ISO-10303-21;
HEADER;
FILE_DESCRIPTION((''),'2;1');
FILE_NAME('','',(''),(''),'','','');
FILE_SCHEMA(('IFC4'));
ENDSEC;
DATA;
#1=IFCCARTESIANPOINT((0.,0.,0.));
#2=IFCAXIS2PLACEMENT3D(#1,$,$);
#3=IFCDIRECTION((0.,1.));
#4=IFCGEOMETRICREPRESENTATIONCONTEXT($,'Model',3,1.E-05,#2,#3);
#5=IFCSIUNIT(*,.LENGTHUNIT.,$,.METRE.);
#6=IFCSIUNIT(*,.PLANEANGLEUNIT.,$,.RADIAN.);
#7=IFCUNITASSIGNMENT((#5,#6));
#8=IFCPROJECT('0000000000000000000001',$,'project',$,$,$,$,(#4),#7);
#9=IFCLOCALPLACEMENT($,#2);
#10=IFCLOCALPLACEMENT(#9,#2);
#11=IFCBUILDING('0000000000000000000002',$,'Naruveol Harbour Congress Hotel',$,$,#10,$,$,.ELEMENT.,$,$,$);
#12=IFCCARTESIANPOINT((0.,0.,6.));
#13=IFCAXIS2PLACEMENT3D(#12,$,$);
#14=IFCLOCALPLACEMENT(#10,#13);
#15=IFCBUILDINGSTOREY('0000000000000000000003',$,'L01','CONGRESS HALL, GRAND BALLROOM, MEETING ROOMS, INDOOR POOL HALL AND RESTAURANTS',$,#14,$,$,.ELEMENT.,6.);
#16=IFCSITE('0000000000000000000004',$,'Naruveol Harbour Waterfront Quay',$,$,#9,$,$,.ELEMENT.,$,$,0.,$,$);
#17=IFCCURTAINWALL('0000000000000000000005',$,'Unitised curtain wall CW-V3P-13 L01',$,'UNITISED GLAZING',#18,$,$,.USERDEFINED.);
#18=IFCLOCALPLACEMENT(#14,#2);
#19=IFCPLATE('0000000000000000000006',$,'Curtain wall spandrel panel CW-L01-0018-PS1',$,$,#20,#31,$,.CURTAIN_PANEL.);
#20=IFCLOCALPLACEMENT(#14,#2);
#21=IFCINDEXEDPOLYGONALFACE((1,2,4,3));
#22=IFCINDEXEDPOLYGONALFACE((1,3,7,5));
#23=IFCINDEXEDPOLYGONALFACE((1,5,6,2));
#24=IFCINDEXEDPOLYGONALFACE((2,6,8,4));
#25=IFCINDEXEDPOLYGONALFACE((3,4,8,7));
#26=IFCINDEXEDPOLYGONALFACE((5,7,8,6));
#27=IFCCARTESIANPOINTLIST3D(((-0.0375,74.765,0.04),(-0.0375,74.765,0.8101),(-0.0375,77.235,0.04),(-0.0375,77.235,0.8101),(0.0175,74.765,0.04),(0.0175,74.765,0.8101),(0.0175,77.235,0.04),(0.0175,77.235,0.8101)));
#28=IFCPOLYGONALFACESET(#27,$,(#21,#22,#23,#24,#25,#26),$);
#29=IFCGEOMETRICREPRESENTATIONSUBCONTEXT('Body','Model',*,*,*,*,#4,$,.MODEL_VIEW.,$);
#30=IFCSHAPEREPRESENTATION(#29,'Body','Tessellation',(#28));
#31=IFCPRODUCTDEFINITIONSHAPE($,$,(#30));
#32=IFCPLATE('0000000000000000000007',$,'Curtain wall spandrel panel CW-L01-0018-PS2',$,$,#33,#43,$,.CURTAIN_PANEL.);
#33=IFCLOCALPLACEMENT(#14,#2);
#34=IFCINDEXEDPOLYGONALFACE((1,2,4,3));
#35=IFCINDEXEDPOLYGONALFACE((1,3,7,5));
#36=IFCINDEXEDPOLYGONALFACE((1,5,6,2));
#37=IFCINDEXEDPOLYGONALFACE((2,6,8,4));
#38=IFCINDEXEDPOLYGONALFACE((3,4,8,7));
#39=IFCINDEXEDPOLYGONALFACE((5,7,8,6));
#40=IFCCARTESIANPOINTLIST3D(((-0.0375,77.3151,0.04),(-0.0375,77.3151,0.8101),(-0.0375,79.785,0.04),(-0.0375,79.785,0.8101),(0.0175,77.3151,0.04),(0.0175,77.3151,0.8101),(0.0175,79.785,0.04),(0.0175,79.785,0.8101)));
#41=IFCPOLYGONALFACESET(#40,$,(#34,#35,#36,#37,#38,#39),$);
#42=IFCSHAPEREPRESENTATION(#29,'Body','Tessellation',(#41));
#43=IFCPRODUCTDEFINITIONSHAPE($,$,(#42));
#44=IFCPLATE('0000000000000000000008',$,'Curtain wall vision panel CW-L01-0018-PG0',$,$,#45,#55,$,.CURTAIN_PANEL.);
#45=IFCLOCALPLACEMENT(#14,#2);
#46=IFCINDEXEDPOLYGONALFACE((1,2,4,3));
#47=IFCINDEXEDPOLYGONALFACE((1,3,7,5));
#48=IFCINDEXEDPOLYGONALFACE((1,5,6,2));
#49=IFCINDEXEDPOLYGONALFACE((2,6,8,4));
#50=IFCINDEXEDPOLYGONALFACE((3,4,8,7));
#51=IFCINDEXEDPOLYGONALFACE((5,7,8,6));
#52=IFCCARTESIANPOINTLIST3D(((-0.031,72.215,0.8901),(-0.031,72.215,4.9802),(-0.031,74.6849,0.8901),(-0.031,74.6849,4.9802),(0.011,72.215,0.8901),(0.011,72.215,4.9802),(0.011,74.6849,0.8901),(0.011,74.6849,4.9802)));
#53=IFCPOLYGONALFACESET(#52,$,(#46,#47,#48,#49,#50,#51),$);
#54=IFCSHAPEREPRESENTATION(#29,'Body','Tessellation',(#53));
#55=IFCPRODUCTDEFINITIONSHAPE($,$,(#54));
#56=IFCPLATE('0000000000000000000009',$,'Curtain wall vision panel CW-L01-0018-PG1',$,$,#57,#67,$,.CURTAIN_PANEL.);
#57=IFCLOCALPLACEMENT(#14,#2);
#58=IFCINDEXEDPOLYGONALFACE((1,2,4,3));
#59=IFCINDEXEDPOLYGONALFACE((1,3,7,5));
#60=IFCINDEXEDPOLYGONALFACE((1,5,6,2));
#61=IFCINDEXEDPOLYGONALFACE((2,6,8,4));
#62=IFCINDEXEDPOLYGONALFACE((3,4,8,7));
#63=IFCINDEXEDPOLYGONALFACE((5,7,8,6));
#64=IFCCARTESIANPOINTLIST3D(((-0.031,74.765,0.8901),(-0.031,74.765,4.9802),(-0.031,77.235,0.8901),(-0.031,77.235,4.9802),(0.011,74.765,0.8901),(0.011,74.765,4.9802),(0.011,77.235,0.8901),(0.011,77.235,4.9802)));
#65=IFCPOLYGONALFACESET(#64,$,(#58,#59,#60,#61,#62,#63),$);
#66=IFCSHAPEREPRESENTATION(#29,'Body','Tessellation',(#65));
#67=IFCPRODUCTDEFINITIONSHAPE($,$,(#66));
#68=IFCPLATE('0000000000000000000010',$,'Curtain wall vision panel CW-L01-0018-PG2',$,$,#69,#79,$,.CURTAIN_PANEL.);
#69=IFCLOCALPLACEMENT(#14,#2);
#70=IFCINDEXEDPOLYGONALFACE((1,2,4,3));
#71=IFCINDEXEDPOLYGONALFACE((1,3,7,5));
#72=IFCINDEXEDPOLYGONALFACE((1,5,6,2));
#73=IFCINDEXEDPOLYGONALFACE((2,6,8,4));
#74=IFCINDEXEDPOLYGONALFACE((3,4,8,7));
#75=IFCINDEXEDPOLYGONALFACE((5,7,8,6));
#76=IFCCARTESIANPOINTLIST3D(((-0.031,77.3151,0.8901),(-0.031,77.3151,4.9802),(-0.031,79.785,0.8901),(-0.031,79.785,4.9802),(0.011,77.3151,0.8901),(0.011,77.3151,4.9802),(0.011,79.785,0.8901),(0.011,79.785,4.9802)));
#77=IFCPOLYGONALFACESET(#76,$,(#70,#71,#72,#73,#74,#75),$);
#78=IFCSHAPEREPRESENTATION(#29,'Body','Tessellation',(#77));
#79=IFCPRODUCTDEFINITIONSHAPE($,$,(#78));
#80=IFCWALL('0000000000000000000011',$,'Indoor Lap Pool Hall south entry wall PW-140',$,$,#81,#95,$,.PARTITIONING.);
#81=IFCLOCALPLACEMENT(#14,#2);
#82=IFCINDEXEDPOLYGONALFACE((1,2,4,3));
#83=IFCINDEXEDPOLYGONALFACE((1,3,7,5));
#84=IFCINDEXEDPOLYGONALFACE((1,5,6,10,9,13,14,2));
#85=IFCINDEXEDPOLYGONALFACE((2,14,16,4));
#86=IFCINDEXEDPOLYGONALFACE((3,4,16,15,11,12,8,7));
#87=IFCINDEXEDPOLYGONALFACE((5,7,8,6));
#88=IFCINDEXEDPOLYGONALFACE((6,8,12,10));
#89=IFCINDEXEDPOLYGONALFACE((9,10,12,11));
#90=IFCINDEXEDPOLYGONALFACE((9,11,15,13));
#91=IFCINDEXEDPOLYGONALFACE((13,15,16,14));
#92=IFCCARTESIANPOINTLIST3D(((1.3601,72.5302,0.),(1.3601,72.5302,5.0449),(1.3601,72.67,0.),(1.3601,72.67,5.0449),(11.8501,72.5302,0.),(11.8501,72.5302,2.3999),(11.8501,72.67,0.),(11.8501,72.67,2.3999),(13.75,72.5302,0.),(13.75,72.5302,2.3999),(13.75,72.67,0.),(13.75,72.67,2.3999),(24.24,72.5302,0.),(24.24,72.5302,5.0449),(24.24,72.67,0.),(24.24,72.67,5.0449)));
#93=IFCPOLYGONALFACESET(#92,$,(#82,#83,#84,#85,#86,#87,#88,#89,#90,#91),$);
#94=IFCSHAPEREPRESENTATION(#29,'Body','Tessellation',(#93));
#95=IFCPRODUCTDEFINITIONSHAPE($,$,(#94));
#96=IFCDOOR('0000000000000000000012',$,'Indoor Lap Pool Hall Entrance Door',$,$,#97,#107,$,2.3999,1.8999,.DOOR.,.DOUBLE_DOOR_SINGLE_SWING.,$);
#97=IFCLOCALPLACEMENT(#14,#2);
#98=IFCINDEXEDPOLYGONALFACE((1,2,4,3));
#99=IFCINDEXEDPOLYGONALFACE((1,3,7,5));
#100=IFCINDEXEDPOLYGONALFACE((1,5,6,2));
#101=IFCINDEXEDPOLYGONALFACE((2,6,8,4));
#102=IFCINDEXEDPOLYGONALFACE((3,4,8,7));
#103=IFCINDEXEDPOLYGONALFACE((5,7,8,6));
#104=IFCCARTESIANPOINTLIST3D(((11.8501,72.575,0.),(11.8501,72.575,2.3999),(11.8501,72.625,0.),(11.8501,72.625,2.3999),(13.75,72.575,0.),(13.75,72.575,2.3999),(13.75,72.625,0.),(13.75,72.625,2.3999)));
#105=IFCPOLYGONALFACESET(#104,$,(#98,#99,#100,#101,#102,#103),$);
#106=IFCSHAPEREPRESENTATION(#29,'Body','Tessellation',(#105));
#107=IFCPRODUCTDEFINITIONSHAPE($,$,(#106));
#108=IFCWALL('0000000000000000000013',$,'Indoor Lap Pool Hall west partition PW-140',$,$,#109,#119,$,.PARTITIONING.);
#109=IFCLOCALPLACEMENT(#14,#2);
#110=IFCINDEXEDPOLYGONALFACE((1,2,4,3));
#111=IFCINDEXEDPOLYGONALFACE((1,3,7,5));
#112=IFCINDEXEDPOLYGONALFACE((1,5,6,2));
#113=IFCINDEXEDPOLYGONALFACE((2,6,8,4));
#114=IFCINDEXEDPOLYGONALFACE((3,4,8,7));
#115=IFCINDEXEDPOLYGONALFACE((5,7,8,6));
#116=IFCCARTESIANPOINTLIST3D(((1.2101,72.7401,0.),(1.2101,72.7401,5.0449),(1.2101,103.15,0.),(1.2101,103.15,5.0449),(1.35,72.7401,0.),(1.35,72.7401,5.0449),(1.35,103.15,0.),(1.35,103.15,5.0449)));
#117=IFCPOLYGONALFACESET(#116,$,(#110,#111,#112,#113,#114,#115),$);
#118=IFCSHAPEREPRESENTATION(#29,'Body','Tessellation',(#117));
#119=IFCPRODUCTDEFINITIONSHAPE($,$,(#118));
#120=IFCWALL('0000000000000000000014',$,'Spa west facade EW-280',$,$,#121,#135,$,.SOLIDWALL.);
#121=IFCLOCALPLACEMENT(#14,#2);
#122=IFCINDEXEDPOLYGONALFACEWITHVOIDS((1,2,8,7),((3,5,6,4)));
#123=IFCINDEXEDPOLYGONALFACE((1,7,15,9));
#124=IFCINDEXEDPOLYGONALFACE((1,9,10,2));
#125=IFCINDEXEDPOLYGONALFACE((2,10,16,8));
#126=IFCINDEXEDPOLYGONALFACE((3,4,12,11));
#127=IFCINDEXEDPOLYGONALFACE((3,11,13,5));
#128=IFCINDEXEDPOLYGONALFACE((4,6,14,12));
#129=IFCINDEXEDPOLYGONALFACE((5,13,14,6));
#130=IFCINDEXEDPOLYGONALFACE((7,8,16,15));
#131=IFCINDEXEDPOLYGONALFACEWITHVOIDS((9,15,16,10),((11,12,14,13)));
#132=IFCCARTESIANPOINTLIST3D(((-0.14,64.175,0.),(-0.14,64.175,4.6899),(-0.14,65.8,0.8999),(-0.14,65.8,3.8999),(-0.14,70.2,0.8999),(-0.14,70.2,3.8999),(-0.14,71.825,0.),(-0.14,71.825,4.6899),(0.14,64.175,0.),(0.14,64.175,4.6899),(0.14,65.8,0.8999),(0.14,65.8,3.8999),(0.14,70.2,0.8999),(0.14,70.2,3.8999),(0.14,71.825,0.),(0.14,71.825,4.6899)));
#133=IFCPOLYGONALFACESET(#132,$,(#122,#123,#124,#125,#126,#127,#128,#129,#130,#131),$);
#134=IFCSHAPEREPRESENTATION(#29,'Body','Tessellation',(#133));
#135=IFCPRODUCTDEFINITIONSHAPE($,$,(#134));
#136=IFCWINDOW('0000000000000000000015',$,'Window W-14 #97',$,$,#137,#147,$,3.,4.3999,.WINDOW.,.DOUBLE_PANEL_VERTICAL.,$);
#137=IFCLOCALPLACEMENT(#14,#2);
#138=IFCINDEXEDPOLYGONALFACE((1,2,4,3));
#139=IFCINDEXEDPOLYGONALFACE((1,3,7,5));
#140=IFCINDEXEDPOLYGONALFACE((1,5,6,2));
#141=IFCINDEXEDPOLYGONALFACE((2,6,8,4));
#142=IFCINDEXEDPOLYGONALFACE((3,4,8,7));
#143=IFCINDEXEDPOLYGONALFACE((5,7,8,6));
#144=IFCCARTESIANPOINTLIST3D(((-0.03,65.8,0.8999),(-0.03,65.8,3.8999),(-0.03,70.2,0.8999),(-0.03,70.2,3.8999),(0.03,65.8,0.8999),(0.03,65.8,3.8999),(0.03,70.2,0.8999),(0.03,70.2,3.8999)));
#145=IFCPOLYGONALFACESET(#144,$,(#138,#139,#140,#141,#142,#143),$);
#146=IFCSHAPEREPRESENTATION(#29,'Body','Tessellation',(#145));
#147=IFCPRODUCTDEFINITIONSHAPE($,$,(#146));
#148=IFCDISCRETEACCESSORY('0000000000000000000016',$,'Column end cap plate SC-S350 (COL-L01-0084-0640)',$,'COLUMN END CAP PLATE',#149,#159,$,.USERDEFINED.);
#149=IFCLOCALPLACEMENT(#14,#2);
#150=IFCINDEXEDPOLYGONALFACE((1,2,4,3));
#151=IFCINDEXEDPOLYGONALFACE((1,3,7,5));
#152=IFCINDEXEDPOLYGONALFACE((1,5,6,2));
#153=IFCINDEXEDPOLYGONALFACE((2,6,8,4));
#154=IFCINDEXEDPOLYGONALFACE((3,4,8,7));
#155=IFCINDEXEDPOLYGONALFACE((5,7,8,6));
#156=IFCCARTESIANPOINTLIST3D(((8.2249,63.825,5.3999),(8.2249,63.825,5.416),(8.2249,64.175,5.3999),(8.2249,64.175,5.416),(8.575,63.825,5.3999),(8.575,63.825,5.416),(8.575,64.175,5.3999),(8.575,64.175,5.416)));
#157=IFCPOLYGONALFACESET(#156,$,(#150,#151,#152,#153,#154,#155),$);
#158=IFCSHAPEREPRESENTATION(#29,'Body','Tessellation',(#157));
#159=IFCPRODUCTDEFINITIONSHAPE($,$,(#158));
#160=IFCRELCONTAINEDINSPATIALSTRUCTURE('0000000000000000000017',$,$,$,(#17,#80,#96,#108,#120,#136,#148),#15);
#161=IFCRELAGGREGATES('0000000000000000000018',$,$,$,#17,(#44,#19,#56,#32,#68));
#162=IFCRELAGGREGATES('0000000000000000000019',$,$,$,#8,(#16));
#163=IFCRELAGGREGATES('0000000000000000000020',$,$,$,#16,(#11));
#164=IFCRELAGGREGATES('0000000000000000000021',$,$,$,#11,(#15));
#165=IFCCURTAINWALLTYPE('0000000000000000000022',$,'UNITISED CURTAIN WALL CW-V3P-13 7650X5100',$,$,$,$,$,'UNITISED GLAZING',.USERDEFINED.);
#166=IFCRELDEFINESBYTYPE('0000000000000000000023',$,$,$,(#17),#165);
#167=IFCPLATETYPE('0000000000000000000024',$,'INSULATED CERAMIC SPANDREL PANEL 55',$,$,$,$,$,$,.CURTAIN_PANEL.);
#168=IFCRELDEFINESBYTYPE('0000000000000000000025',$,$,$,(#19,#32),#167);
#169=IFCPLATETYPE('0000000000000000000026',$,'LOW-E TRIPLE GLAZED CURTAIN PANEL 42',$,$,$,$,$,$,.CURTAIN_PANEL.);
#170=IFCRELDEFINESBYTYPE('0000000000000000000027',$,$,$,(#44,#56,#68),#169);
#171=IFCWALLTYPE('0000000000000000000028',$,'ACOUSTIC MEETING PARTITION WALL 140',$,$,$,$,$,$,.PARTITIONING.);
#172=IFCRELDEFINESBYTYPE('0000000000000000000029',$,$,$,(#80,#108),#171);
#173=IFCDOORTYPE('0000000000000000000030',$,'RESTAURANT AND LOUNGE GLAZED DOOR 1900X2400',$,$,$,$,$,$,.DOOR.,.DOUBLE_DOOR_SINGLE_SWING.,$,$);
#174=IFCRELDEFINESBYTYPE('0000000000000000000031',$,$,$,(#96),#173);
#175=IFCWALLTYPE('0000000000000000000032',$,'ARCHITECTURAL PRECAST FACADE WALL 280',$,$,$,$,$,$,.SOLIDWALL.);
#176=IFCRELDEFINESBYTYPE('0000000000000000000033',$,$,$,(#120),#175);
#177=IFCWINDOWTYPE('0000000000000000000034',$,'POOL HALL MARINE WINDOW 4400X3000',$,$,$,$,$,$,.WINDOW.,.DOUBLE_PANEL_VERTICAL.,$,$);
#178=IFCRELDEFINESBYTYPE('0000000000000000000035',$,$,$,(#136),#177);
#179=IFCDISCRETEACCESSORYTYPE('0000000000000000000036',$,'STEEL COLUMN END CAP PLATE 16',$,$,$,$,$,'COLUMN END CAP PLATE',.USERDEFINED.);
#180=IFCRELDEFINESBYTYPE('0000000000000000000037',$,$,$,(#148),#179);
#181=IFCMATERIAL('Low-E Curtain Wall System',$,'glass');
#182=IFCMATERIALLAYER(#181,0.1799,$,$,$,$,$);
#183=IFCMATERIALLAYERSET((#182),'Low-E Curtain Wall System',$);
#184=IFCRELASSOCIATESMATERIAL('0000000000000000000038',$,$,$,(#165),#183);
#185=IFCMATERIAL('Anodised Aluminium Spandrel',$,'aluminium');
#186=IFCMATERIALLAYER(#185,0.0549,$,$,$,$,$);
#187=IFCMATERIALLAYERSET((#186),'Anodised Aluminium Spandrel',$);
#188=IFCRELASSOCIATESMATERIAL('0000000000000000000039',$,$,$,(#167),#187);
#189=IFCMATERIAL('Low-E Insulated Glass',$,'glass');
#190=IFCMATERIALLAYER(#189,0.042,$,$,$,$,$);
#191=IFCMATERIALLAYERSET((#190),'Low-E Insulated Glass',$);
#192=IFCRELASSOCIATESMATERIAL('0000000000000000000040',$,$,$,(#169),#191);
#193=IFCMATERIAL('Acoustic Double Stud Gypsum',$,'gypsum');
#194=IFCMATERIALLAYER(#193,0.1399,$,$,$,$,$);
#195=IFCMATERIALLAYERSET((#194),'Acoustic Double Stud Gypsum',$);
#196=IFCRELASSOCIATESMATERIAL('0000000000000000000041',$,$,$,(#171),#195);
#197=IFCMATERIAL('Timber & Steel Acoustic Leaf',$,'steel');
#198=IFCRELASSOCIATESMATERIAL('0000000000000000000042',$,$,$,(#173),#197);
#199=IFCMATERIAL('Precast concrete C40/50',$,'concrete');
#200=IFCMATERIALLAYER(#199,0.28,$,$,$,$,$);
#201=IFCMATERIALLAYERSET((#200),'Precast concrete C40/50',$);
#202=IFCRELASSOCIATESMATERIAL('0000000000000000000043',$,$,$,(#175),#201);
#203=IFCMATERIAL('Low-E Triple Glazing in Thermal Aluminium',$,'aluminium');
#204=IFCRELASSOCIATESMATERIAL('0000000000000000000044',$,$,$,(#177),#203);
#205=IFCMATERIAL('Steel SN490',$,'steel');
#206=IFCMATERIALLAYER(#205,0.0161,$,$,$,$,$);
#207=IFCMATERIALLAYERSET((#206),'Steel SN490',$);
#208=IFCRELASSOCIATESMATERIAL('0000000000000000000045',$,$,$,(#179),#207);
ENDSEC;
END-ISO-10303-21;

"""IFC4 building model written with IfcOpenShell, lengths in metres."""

from ifc_helpers import new_model, si_unit, direction, frame, frame_2d, origin, origin_2d, place, context, subcontext, project, spatial, rectangle, extrude, material, layer, layer_set, type_object, element, fill, aggregate, save


model = new_model("IFC4")

# Units and contexts
model_context = context("Model", 3, precision=1e-05, world=origin(), true_north=direction((0.0, 1.0)))
body_context = subcontext(model_context, "Body", "Model", "MODEL_VIEW")
ifc_project = project(units=[si_unit("LENGTHUNIT", "METRE"), si_unit("PLANEANGLEUNIT", "RADIAN")], contexts=[model_context])

# Site, building, storey
site_placement = place(None, origin())
site = spatial("IfcSite", under=ifc_project, at=site_placement, Name="Naruveol Harbour Waterfront Quay", CompositionType="ELEMENT", RefElevation=0.0)
building_placement = place(site_placement, origin())
building = spatial("IfcBuilding", under=site, at=building_placement, Name="Naruveol Harbour Congress Hotel", CompositionType="ELEMENT")
storey_placement = place(building_placement, frame((0.0, 0.0, 6.0)))
storey = spatial("IfcBuildingStorey", under=building, at=storey_placement, Name="L01", Description="CONGRESS HALL, GRAND BALLROOM, MEETING ROOMS, INDOOR POOL HALL AND RESTAURANTS", CompositionType="ELEMENT", Elevation=6.0)

# Curtain wall
ifc_material_1 = material(Name="Low-E Curtain Wall System", Category="glass")
ifc_layer_1 = layer(ifc_material_1, 0.1799)
ifc_layer_set_1 = layer_set([ifc_layer_1], Name="Low-E Curtain Wall System")
curtain_wall_type_1 = type_object("IfcCurtainWallType", Name="UNITISED CURTAIN WALL CW-V3P-13 7650X5100", ElementType="UNITISED GLAZING", PredefinedType="USERDEFINED", material=ifc_layer_set_1)
curtain_wall_1_placement = place(storey_placement, origin())
curtain_wall_1 = element("IfcCurtainWall", 1, at=curtain_wall_1_placement, inside=storey, type_object=curtain_wall_type_1, Name="Unitised curtain wall CW-V3P-13 L01", ObjectType="UNITISED GLAZING", PredefinedType="USERDEFINED")

# Plates
ifc_material_2 = material(Name="Anodised Aluminium Spandrel", Category="aluminium")
ifc_layer_2 = layer(ifc_material_2, 0.0549)
ifc_layer_set_2 = layer_set([ifc_layer_2], Name="Anodised Aluminium Spandrel")
plate_type_1 = type_object("IfcPlateType", Name="INSULATED CERAMIC SPANDREL PANEL 55", PredefinedType="CURTAIN_PANEL", material=ifc_layer_set_2)
plate_1_placement = place(storey_placement, frame((-0.01, 76.0, 0.04), z_axis=(0.0, 0.0, 1.0), x_axis=(0.0, 1.0, 0.0)))
plate_1 = element("IfcPlate", 2, at=plate_1_placement, type_object=plate_type_1, Name="Curtain wall spandrel panel CW-L01-0018-PS1", PredefinedType="CURTAIN_PANEL", context=body_context, shape_type="SweptSolid", body=[
    extrude(rectangle(XDim=2.47, YDim=0.0549, at=origin_2d()), origin(), (0.0, 0.0, 1.0), 0.77),
])
plate_2_placement = place(storey_placement, frame((-0.01, 78.55, 0.04), z_axis=(0.0, 0.0, 1.0), x_axis=(0.0, 1.0, 0.0)))
plate_2 = element("IfcPlate", 3, at=plate_2_placement, type_object=plate_type_1, Name="Curtain wall spandrel panel CW-L01-0018-PS2", PredefinedType="CURTAIN_PANEL", context=body_context, shape_type="SweptSolid", body=[
    extrude(rectangle(XDim=2.47, YDim=0.0549, at=origin_2d()), origin(), (0.0, 0.0, 1.0), 0.77),
])
ifc_material_3 = material(Name="Low-E Insulated Glass", Category="glass")
ifc_layer_3 = layer(ifc_material_3, 0.042)
ifc_layer_set_3 = layer_set([ifc_layer_3], Name="Low-E Insulated Glass")
plate_type_2 = type_object("IfcPlateType", Name="LOW-E TRIPLE GLAZED CURTAIN PANEL 42", PredefinedType="CURTAIN_PANEL", material=ifc_layer_set_3)
plate_3_placement = place(storey_placement, frame((-0.01, 73.45, 0.8901), z_axis=(0.0, 0.0, 1.0), x_axis=(0.0, 1.0, 0.0)))
plate_3 = element("IfcPlate", 4, at=plate_3_placement, type_object=plate_type_2, Name="Curtain wall vision panel CW-L01-0018-PG0", PredefinedType="CURTAIN_PANEL", context=body_context, shape_type="SweptSolid", body=[
    extrude(rectangle(XDim=2.47, YDim=0.042, at=origin_2d()), origin(), (0.0, 0.0, 1.0), 4.0901),
])
plate_4_placement = place(storey_placement, frame((-0.01, 76.0, 0.8901), z_axis=(0.0, 0.0, 1.0), x_axis=(0.0, 1.0, 0.0)))
plate_4 = element("IfcPlate", 5, at=plate_4_placement, type_object=plate_type_2, Name="Curtain wall vision panel CW-L01-0018-PG1", PredefinedType="CURTAIN_PANEL", context=body_context, shape_type="SweptSolid", body=[
    extrude(rectangle(XDim=2.47, YDim=0.042, at=origin_2d()), origin(), (0.0, 0.0, 1.0), 4.0901),
])
plate_5_placement = place(storey_placement, frame((-0.01, 78.55, 0.8901), z_axis=(0.0, 0.0, 1.0), x_axis=(0.0, 1.0, 0.0)))
plate_5 = element("IfcPlate", 6, at=plate_5_placement, type_object=plate_type_2, Name="Curtain wall vision panel CW-L01-0018-PG2", PredefinedType="CURTAIN_PANEL", context=body_context, shape_type="SweptSolid", body=[
    extrude(rectangle(XDim=2.47, YDim=0.042, at=origin_2d()), origin(), (0.0, 0.0, 1.0), 4.0901),
])
aggregate(curtain_wall_1, [plate_3, plate_1, plate_4, plate_2, plate_5])

# Wall, opening, door
ifc_material_4 = material(Name="Acoustic Double Stud Gypsum", Category="gypsum")
ifc_layer_4 = layer(ifc_material_4, 0.1399)
ifc_layer_set_4 = layer_set([ifc_layer_4], Name="Acoustic Double Stud Gypsum")
wall_type_1 = type_object("IfcWallType", Name="ACOUSTIC MEETING PARTITION WALL 140", PredefinedType="PARTITIONING", material=ifc_layer_set_4)
wall_1_placement = place(storey_placement, frame((1.3601, 72.6001, 0.0), z_axis=(0.0, 0.0, 1.0), x_axis=(1.0, 0.0, 0.0)))
wall_1 = element("IfcWall", 7, at=wall_1_placement, inside=storey, type_object=wall_type_1, Name="Indoor Lap Pool Hall south entry wall PW-140", PredefinedType="PARTITIONING", context=body_context, shape_type="SweptSolid", body=[
    extrude(rectangle(XDim=22.8799, YDim=0.1399, at=frame_2d((11.4399, 0.0))), origin(), (0.0, 0.0, 1.0), 5.0449),
])
opening_1_placement = place(wall_1_placement, frame((10.49, 0.0, 0.0)))
opening_1 = element("IfcOpeningElement", 8, at=opening_1_placement, cuts=wall_1, PredefinedType="OPENING", context=body_context, shape_type="SweptSolid", body=[
    extrude(rectangle(XDim=1.8999, YDim=2.3999, at=frame_2d((0.95, 1.2))), frame((0.0, 0.0798, 0.0), z_axis=(0.0, -1.0, 0.0), x_axis=(1.0, 0.0, 0.0)), (0.0, 0.0, 1.0), 0.1599),
])
ifc_material_5 = material(Name="Timber & Steel Acoustic Leaf", Category="steel")
door_type = type_object("IfcDoorType", Name="RESTAURANT AND LOUNGE GLAZED DOOR 1900X2400", OperationType="DOUBLE_DOOR_SINGLE_SWING", PredefinedType="DOOR", material=ifc_material_5)
door_placement = place(opening_1_placement, origin())
door = element("IfcDoor", 9, at=door_placement, inside=storey, type_object=door_type, Name="Indoor Lap Pool Hall Entrance Door", OperationType="DOUBLE_DOOR_SINGLE_SWING", OverallHeight=2.3999, OverallWidth=1.8999, PredefinedType="DOOR", context=body_context, shape_type="SweptSolid", body=[
    extrude(rectangle(XDim=1.8999, YDim=2.3999, at=frame_2d((0.95, 1.2))), frame((0.0, 0.0249, 0.0), z_axis=(0.0, -1.0, 0.0), x_axis=(1.0, 0.0, 0.0)), (0.0, 0.0, 1.0), 0.05),
])
fill(opening_1, door)

# Wall
wall_2_placement = place(storey_placement, frame((1.28, 72.74, 0.0), z_axis=(0.0, 0.0, 1.0), x_axis=(0.0, 1.0, 0.0)))
element("IfcWall", 10, at=wall_2_placement, inside=storey, type_object=wall_type_1, Name="Indoor Lap Pool Hall west partition PW-140", PredefinedType="PARTITIONING", context=body_context, shape_type="SweptSolid", body=[
    extrude(rectangle(XDim=30.4099, YDim=0.1399, at=frame_2d((15.2051, 0.0))), origin(), (0.0, 0.0, 1.0), 5.0449),
])

# Wall, opening, window
ifc_material_6 = material(Name="Precast concrete C40/50", Category="concrete")
ifc_layer_5 = layer(ifc_material_6, 0.28)
ifc_layer_set_5 = layer_set([ifc_layer_5], Name="Precast concrete C40/50")
wall_type_2 = type_object("IfcWallType", Name="ARCHITECTURAL PRECAST FACADE WALL 280", PredefinedType="SOLIDWALL", material=ifc_layer_set_5)
wall_3_placement = place(storey_placement, frame((0.0, 64.175, 0.0), z_axis=(0.0, 0.0, 1.0), x_axis=(0.0, 1.0, 0.0)))
wall_3 = element("IfcWall", 11, at=wall_3_placement, inside=storey, type_object=wall_type_2, Name="Spa west facade EW-280", PredefinedType="SOLIDWALL", context=body_context, shape_type="SweptSolid", body=[
    extrude(rectangle(XDim=7.6499, YDim=0.28, at=frame_2d((3.825, 0.0))), origin(), (0.0, 0.0, 1.0), 4.6899),
])
opening_2_placement = place(wall_3_placement, frame((1.625, 0.0, 0.8999)))
opening_2 = element("IfcOpeningElement", 12, at=opening_2_placement, cuts=wall_3, PredefinedType="OPENING", context=body_context, shape_type="SweptSolid", body=[
    extrude(rectangle(XDim=4.3999, YDim=3.0, at=frame_2d((2.2, 1.5))), frame((0.0, 0.1499, 0.0), z_axis=(0.0, -1.0, 0.0), x_axis=(1.0, 0.0, 0.0)), (0.0, 0.0, 1.0), 0.3),
])
ifc_material_7 = material(Name="Low-E Triple Glazing in Thermal Aluminium", Category="aluminium")
window_type = type_object("IfcWindowType", Name="POOL HALL MARINE WINDOW 4400X3000", PartitioningType="DOUBLE_PANEL_VERTICAL", PredefinedType="WINDOW", material=ifc_material_7)
window_placement = place(opening_2_placement, origin())
window = element("IfcWindow", 13, at=window_placement, inside=storey, type_object=window_type, Name="Window W-14 #97", OverallHeight=3.0, OverallWidth=4.3999, PartitioningType="DOUBLE_PANEL_VERTICAL", PredefinedType="WINDOW", context=body_context, shape_type="SweptSolid", body=[
    extrude(rectangle(XDim=4.3999, YDim=3.0, at=frame_2d((2.2, 1.5))), frame((0.0, 0.03, 0.0), z_axis=(0.0, -1.0, 0.0), x_axis=(1.0, 0.0, 0.0)), (0.0, 0.0, 1.0), 0.0601),
])
fill(opening_2, window)

# Discrete accessory
ifc_material_8 = material(Name="Steel SN490", Category="steel")
ifc_layer_6 = layer(ifc_material_8, 0.0161)
ifc_layer_set_6 = layer_set([ifc_layer_6], Name="Steel SN490")
discrete_accessory_type = type_object("IfcDiscreteAccessoryType", Name="STEEL COLUMN END CAP PLATE 16", ElementType="COLUMN END CAP PLATE", PredefinedType="USERDEFINED", material=ifc_layer_set_6)
discrete_accessory_placement = place(storey_placement, frame((8.3999, 64.0, 5.3999), z_axis=(0.0, 0.0, 1.0), x_axis=(1.0, 0.0, 0.0)))
element("IfcDiscreteAccessory", 14, at=discrete_accessory_placement, inside=storey, type_object=discrete_accessory_type, Name="Column end cap plate SC-S350 (COL-L01-0084-0640)", ObjectType="COLUMN END CAP PLATE", PredefinedType="USERDEFINED", context=body_context, shape_type="SweptSolid", body=[
    extrude(rectangle(XDim=0.3501, YDim=0.3501, at=origin_2d()), origin(), (0.0, 0.0, 1.0), 0.0161),
])

save(model, "model.ifc")
